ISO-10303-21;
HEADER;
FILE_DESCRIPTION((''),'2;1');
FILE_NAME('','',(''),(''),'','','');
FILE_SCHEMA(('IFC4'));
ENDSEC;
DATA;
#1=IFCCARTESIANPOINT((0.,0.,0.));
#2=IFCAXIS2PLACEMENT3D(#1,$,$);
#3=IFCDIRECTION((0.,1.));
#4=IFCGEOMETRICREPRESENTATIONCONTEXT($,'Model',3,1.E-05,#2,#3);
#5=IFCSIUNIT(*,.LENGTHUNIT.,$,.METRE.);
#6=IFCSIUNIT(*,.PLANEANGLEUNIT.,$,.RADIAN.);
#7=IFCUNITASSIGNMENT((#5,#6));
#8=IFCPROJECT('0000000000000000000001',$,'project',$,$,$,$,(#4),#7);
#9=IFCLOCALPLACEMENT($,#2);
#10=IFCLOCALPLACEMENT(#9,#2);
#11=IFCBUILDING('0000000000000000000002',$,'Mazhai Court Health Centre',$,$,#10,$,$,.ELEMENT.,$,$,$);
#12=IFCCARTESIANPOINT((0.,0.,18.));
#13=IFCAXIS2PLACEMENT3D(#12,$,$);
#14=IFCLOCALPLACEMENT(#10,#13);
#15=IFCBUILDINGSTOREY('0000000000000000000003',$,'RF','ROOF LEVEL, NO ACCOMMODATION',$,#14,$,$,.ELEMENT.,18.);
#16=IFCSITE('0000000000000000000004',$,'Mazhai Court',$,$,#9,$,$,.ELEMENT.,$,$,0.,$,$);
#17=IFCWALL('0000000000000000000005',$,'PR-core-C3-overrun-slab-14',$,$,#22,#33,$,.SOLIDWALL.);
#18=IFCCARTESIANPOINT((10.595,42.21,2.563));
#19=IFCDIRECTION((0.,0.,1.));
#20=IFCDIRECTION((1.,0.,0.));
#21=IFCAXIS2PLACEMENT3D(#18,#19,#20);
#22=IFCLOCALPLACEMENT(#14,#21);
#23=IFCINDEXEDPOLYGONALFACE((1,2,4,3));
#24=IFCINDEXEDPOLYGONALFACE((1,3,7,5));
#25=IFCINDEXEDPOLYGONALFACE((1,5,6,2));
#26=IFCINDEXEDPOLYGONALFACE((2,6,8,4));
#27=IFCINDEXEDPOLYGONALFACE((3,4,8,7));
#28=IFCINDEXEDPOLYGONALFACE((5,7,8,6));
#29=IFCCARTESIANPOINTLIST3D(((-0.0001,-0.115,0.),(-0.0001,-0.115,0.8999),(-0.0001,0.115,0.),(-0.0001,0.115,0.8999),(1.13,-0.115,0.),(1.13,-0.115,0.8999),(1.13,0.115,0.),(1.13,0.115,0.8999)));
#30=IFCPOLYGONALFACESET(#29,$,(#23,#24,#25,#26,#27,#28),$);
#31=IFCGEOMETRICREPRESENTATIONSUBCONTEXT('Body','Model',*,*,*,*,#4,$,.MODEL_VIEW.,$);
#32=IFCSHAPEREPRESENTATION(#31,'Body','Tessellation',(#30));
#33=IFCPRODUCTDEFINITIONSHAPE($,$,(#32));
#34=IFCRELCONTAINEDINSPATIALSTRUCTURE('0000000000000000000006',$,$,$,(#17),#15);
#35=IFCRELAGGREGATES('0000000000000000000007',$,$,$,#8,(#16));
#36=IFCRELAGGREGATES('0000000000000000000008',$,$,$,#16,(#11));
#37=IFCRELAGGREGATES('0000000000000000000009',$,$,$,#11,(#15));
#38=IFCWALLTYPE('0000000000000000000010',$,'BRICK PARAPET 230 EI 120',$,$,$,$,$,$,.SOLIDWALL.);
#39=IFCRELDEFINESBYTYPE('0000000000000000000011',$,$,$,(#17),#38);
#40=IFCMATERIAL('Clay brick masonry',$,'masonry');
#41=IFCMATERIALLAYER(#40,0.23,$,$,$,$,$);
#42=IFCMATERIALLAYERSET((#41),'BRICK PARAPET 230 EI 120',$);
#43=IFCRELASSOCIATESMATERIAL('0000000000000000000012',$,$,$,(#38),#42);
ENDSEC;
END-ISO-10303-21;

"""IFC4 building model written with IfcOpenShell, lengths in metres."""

from ifc_helpers import new_model, si_unit, direction, frame, frame_2d, origin, place, context, subcontext, project, spatial, rectangle, extrude, material, layer, layer_set, type_object, element, save


model = new_model("IFC4")

# Units and contexts
model_context = context("Model", 3, precision=1e-05, world=origin(), true_north=direction((0.0, 1.0)))
body_context = subcontext(model_context, "Body", "Model", "MODEL_VIEW")
ifc_project = project(units=[si_unit("LENGTHUNIT", "METRE"), si_unit("PLANEANGLEUNIT", "RADIAN")], contexts=[model_context])

# Site, building, storey
site_placement = place(None, origin())
site = spatial("IfcSite", under=ifc_project, at=site_placement, Name="Mazhai Court", CompositionType="ELEMENT", RefElevation=0.0)
building_placement = place(site_placement, origin())
building = spatial("IfcBuilding", under=site, at=building_placement, Name="Mazhai Court Health Centre", CompositionType="ELEMENT")
storey_placement = place(building_placement, frame((0.0, 0.0, 18.0)))
storey = spatial("IfcBuildingStorey", under=building, at=storey_placement, Name="RF", Description="ROOF LEVEL, NO ACCOMMODATION", CompositionType="ELEMENT", Elevation=18.0)

# Wall
ifc_material_1 = material(Name="Clay brick masonry", Category="masonry")
ifc_layer_1 = layer(ifc_material_1, 0.23)
ifc_layer_set_1 = layer_set([ifc_layer_1], Name="BRICK PARAPET 230 EI 120")
wall_type_1 = type_object("IfcWallType", Name="BRICK PARAPET 230 EI 120", PredefinedType="SOLIDWALL", material=ifc_layer_set_1)
wall_1_placement = place(storey_placement, frame((10.595, 42.21, 2.563), z_axis=(0.0, 0.0, 1.0), x_axis=(1.0, 0.0, 0.0)))
element("IfcWall", 1, at=wall_1_placement, inside=storey, type_object=wall_type_1, Name="PR-core-C3-overrun-slab-14", PredefinedType="SOLIDWALL", context=body_context, shape_type="SweptSolid", body=[
    extrude(rectangle(XDim=1.1301, YDim=0.23, at=frame_2d((0.5649, 0.0))), origin(), (0.0, 0.0, 1.0), 0.8999),
])

save(model, "model.ifc")
